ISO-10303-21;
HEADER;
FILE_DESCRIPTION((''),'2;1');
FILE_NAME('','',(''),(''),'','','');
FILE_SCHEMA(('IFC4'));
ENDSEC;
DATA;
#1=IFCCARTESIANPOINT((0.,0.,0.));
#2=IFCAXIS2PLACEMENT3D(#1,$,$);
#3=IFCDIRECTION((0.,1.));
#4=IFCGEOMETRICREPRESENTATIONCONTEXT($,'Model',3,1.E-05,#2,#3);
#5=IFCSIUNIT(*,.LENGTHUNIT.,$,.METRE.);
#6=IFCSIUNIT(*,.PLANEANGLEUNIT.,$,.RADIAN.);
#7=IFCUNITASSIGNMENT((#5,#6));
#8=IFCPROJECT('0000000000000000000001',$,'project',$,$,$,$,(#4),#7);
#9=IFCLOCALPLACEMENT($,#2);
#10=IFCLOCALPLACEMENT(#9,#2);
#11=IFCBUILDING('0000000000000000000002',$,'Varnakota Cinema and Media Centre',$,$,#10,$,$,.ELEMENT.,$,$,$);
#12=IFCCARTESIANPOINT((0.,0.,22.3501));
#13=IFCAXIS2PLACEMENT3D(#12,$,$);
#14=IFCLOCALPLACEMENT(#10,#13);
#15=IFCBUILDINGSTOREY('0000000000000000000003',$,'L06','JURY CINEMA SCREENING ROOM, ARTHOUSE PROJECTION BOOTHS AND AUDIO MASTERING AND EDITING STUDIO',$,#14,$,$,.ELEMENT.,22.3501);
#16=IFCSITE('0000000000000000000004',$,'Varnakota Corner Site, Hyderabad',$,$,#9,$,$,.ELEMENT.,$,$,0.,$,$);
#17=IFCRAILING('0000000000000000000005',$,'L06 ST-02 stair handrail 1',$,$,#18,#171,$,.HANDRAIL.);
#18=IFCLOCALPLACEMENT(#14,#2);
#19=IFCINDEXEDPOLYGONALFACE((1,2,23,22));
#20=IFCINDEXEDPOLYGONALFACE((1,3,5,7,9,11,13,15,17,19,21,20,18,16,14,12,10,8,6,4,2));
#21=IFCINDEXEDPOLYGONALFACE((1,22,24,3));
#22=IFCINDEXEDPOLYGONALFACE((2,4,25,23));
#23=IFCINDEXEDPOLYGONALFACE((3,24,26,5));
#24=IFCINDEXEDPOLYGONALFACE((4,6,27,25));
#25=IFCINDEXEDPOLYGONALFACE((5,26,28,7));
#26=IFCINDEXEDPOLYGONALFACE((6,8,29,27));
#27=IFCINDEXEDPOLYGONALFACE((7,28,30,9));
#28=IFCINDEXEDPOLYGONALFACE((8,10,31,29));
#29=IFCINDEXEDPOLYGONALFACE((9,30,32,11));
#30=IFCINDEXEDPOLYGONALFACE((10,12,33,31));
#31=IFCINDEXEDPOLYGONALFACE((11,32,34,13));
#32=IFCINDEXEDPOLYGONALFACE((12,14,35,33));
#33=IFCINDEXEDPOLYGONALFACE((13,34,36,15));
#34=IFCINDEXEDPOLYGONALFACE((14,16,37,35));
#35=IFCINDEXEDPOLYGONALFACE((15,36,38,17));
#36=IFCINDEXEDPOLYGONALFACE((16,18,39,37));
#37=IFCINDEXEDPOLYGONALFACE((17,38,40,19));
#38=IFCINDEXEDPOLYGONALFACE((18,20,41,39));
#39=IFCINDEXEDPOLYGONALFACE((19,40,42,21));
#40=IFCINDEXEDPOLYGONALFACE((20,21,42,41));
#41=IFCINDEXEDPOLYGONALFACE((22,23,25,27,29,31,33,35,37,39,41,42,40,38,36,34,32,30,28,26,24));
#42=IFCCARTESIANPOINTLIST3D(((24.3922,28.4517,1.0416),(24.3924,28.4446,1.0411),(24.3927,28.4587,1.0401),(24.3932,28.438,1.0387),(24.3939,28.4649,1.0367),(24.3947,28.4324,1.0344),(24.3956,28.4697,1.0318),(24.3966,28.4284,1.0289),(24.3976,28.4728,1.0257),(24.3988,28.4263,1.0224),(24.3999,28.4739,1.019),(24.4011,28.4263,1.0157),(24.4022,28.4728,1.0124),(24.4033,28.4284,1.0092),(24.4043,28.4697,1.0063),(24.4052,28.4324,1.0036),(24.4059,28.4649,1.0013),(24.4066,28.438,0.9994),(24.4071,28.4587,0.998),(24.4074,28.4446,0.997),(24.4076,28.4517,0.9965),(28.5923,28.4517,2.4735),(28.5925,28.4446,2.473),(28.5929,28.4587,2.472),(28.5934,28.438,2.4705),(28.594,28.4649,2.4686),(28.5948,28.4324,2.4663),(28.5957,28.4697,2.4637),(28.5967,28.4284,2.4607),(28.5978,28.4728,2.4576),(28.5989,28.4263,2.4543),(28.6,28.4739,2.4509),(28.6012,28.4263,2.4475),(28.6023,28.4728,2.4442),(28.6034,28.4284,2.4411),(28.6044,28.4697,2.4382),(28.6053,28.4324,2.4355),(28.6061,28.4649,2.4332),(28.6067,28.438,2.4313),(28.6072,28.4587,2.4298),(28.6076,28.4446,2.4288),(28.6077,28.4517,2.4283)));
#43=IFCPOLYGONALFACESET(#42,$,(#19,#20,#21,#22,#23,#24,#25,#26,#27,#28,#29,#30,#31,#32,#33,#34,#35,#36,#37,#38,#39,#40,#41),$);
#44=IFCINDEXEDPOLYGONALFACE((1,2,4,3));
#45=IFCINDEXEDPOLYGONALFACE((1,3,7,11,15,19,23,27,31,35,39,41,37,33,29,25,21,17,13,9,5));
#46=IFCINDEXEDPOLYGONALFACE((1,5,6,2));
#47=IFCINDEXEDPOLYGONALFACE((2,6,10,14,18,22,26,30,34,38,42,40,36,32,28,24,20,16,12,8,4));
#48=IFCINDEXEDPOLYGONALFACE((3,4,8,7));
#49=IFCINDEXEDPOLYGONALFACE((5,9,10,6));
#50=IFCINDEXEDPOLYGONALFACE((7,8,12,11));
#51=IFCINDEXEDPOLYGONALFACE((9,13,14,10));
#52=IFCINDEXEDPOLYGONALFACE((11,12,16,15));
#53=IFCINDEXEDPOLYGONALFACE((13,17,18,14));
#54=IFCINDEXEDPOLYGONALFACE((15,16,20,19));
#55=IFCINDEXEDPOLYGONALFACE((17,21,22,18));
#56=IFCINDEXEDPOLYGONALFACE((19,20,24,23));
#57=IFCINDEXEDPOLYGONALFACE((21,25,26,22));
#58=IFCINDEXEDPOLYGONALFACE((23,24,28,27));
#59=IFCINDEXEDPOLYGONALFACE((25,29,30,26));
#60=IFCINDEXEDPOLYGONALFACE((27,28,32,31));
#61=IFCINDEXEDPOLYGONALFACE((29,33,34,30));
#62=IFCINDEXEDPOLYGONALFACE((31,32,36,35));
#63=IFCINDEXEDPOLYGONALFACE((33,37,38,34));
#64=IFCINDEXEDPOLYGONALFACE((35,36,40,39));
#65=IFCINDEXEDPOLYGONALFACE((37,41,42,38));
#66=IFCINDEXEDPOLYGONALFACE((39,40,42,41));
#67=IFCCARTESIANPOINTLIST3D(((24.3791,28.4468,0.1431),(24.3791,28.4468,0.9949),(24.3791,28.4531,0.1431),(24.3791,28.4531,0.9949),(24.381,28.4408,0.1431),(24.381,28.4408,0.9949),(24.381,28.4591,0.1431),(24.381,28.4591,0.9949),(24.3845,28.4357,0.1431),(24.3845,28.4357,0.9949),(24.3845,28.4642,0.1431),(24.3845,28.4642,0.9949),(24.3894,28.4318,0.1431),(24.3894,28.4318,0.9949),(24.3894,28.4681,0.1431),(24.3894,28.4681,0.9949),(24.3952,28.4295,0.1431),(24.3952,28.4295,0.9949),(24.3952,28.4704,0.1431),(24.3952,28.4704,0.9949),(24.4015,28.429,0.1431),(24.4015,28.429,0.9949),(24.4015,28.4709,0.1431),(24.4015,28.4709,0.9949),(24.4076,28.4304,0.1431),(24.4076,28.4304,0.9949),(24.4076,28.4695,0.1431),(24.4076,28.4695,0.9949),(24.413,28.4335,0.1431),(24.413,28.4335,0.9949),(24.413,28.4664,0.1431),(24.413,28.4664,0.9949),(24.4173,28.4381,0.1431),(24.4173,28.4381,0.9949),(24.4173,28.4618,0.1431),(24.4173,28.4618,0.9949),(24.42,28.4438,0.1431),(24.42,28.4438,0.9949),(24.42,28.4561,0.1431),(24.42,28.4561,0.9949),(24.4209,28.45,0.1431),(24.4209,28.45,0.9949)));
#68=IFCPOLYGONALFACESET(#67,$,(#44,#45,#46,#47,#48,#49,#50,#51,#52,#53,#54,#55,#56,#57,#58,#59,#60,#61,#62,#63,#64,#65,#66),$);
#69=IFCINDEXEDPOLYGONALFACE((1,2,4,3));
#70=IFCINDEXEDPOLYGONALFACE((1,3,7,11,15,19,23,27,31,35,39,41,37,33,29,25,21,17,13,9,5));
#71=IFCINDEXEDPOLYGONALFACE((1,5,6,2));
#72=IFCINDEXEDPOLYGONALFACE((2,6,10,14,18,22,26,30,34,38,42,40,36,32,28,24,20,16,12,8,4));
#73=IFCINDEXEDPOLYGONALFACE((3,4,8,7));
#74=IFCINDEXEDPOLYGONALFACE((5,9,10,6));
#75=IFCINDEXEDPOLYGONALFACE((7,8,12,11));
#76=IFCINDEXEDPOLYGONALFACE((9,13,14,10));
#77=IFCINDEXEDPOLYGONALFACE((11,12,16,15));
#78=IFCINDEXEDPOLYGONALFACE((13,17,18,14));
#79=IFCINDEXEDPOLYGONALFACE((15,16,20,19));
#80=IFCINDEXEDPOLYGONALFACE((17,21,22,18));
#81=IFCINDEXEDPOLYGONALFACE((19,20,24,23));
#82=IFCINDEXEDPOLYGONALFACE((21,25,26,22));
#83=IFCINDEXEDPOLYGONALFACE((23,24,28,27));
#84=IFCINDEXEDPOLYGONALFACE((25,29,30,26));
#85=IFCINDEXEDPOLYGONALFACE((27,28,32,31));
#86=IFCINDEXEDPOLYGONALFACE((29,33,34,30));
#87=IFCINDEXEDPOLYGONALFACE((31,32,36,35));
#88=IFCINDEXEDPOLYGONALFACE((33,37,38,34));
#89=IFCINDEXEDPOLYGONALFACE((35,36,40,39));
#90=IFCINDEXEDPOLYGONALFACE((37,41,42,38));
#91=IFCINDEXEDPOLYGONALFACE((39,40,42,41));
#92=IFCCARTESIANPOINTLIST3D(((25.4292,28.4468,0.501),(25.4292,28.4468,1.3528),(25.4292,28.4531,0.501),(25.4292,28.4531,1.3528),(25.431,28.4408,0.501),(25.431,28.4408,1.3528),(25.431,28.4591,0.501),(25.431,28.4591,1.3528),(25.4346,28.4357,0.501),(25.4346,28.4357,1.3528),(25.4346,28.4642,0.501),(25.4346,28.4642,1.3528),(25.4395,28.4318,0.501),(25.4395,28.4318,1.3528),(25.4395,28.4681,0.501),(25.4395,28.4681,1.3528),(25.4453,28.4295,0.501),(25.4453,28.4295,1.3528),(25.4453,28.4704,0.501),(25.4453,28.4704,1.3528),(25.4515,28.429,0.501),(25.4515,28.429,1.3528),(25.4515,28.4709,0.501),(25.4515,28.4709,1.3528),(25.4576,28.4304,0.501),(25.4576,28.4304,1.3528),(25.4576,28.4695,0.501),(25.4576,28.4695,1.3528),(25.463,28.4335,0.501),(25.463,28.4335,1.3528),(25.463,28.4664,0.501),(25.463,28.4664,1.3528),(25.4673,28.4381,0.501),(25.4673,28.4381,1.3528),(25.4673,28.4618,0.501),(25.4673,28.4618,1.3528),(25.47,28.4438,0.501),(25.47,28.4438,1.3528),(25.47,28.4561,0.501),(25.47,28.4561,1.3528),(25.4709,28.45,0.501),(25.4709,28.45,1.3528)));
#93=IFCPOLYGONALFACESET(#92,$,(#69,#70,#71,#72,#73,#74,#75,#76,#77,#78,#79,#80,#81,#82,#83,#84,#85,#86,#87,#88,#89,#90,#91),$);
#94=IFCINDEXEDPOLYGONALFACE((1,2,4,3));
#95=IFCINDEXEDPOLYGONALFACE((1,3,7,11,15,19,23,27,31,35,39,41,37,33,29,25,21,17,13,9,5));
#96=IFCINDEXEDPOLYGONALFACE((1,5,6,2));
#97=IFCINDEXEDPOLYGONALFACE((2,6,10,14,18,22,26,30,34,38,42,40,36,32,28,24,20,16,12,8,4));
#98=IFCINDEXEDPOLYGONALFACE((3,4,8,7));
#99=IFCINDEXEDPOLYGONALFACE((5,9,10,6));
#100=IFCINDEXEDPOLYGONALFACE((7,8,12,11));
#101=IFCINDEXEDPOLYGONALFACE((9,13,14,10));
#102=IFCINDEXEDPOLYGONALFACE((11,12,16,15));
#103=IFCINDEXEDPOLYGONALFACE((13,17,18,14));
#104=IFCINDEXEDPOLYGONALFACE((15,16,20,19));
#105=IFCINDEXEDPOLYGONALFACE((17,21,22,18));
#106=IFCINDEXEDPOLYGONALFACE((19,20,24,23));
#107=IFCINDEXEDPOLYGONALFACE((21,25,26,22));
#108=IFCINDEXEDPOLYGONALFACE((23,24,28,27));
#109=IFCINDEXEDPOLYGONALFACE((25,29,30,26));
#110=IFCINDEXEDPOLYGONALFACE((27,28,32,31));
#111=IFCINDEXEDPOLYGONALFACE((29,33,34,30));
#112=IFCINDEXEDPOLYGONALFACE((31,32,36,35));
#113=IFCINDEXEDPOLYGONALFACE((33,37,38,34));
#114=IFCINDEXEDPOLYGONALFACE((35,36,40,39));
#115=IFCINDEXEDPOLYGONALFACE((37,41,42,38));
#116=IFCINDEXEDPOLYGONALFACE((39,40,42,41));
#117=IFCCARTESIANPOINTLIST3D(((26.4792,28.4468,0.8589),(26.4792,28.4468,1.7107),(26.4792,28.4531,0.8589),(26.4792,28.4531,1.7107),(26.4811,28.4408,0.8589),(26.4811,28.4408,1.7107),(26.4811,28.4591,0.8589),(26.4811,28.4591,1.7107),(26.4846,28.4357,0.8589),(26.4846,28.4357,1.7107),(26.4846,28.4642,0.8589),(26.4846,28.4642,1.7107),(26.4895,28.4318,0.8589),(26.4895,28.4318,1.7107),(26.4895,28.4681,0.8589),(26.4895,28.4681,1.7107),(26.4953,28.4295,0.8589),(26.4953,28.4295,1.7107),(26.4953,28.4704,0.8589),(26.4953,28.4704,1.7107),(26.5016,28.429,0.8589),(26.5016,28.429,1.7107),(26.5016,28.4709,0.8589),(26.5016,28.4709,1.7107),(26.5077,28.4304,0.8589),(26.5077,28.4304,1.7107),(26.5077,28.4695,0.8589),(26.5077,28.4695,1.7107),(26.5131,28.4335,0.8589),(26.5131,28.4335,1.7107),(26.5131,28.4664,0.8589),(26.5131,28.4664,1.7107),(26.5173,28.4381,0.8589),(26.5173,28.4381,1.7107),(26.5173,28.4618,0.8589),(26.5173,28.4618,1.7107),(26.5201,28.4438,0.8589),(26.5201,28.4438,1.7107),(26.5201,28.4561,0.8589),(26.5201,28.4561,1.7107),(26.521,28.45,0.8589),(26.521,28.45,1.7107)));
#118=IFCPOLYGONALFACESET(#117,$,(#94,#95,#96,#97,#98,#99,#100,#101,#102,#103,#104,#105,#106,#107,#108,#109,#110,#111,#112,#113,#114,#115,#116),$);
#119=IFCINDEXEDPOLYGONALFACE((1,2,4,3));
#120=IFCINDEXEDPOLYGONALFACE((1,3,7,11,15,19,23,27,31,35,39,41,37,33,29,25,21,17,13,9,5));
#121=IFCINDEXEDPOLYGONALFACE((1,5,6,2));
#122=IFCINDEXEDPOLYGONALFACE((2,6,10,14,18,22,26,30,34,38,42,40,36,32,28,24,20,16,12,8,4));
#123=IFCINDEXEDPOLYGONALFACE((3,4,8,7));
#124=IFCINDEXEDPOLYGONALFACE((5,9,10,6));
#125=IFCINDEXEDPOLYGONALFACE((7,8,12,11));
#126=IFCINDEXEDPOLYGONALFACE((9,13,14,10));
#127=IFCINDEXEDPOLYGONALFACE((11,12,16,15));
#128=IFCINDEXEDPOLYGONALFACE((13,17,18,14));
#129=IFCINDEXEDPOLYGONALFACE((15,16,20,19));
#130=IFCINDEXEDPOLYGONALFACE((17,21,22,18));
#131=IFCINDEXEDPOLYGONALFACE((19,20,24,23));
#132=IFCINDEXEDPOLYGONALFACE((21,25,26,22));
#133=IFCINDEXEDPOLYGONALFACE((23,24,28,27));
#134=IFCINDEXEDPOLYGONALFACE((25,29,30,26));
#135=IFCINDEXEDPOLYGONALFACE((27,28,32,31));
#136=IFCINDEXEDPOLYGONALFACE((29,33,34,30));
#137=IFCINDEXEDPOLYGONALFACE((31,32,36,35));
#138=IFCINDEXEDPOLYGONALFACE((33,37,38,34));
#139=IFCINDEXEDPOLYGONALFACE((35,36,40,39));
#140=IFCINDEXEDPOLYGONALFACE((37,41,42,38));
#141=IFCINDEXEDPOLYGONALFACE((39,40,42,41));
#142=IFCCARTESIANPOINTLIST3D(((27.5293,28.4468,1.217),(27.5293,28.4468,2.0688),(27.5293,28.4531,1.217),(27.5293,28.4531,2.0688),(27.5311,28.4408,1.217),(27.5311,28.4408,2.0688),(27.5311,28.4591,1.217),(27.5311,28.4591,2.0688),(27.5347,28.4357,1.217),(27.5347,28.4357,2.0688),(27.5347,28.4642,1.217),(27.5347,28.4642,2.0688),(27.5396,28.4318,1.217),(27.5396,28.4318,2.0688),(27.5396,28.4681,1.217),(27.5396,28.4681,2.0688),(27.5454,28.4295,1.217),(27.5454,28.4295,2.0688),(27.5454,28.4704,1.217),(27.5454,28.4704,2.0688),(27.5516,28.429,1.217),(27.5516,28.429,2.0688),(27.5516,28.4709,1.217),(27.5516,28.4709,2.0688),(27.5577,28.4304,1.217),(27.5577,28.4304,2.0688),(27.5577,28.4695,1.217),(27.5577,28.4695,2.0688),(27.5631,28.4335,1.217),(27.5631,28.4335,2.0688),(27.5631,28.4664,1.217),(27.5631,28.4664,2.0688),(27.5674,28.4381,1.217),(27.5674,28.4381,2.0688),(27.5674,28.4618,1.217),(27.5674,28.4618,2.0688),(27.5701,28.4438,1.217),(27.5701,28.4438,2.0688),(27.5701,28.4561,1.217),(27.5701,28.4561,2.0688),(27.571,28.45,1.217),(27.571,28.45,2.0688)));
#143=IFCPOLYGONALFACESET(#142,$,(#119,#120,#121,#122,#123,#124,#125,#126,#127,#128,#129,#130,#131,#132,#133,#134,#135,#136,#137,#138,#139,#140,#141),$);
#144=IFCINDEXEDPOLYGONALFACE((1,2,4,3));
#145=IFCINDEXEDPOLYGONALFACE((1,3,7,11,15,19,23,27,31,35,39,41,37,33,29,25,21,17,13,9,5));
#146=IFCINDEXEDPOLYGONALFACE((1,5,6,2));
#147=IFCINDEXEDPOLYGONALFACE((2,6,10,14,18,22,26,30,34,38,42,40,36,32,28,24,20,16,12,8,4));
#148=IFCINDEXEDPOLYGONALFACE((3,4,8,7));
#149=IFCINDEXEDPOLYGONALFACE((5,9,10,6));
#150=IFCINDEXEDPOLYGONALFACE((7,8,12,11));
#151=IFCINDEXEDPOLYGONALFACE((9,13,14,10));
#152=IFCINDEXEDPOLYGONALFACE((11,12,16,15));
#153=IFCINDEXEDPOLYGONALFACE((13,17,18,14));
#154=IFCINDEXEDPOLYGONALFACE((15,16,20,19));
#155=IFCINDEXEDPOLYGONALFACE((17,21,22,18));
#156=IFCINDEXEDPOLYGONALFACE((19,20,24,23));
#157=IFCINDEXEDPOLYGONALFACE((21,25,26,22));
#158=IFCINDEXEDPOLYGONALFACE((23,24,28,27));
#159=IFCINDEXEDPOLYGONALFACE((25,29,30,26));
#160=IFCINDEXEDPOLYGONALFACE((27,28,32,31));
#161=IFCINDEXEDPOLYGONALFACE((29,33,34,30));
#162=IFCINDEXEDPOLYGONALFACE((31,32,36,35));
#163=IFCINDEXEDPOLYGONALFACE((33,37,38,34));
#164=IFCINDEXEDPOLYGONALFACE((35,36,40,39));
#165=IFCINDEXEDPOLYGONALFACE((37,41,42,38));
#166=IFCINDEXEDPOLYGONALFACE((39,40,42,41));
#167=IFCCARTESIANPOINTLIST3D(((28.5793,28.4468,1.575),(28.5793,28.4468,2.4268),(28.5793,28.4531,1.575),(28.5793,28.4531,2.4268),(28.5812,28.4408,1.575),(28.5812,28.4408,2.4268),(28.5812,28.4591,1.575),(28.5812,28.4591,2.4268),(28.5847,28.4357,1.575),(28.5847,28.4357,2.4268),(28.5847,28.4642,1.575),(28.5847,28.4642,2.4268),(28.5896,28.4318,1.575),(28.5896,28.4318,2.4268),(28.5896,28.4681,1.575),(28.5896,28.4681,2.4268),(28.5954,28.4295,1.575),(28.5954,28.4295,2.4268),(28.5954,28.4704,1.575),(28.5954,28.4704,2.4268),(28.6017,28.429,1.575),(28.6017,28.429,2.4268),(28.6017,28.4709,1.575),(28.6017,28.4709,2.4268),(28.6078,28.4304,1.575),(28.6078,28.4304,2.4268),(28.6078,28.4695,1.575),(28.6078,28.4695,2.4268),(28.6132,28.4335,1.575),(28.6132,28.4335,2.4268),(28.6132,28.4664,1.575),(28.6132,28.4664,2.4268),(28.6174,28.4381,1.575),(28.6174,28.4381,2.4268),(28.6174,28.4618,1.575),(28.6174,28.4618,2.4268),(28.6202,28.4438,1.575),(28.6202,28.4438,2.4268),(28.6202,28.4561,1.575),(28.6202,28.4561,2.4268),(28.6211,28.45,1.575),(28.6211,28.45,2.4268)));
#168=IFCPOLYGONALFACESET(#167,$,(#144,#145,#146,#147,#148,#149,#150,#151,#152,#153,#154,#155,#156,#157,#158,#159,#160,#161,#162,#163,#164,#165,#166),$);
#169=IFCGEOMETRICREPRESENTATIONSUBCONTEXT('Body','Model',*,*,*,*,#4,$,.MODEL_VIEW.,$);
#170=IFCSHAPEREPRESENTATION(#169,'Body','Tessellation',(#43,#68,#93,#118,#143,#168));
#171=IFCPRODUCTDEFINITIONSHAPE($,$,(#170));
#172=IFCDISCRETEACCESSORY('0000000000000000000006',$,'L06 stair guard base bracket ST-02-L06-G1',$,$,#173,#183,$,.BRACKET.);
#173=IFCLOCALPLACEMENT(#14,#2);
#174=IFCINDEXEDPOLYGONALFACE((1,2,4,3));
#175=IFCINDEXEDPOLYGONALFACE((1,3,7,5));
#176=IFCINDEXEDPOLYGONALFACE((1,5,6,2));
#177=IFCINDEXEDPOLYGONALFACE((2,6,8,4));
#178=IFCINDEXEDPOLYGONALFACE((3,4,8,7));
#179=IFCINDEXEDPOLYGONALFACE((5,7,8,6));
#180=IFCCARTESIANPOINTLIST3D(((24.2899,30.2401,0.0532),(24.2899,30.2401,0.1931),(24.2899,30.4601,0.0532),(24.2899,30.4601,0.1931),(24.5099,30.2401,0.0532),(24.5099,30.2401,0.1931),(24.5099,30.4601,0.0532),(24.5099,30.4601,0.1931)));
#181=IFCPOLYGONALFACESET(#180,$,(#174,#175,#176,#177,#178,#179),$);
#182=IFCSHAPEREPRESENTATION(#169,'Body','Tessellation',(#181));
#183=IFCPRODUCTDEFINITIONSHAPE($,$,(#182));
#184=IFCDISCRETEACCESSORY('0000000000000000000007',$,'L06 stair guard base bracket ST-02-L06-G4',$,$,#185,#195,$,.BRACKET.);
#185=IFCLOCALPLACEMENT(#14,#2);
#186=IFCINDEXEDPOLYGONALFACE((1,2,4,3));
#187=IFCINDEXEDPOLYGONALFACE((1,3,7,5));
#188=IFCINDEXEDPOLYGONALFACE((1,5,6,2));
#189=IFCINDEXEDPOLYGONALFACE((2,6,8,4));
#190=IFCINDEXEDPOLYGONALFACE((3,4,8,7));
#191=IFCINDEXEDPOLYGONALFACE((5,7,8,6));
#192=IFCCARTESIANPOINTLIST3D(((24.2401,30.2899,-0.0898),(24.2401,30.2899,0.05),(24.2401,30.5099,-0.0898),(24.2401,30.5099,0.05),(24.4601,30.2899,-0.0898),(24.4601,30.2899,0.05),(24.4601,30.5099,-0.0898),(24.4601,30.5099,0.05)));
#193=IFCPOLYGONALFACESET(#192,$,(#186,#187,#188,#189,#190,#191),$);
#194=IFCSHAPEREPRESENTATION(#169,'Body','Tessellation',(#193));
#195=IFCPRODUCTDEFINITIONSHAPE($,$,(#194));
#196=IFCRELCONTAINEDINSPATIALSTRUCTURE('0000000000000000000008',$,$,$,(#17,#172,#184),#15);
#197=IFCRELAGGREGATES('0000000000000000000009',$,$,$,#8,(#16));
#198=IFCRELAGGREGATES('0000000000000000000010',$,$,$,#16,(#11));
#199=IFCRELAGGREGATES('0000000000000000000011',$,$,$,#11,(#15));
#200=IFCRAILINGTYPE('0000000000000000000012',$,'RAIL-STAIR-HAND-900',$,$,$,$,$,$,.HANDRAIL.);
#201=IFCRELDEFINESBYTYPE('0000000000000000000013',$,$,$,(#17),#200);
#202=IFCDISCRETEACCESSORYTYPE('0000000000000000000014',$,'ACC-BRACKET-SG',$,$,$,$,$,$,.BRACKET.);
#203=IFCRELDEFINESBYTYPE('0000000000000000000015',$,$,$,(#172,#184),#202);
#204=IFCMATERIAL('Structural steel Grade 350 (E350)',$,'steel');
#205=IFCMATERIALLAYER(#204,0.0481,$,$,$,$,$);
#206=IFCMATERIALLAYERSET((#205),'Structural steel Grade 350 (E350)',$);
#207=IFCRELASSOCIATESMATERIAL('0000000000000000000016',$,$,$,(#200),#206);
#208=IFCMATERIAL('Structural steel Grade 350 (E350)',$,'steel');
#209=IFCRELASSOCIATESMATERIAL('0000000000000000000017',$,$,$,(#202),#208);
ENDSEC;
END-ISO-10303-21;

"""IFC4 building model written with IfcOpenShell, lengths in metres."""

from ifc_helpers import new_model, si_unit, direction, frame, origin, origin_2d, place, context, subcontext, project, spatial, rectangle, circle, extrude, material, layer, layer_set, type_object, element, save


model = new_model("IFC4")

# Units and contexts
model_context = context("Model", 3, precision=1e-05, world=origin(), true_north=direction((0.0, 1.0)))
body_context = subcontext(model_context, "Body", "Model", "MODEL_VIEW")
ifc_project = project(units=[si_unit("LENGTHUNIT", "METRE"), si_unit("PLANEANGLEUNIT", "RADIAN")], contexts=[model_context])

# Site, building, storey
site_placement = place(None, origin())
site = spatial("IfcSite", under=ifc_project, at=site_placement, Name="Varnakota Corner Site, Hyderabad", CompositionType="ELEMENT", RefElevation=0.0)
building_placement = place(site_placement, origin())
building = spatial("IfcBuilding", under=site, at=building_placement, Name="Varnakota Cinema and Media Centre", CompositionType="ELEMENT")
storey_placement = place(building_placement, frame((0.0, 0.0, 22.3501)))
storey = spatial("IfcBuildingStorey", under=building, at=storey_placement, Name="L06", Description="JURY CINEMA SCREENING ROOM, ARTHOUSE PROJECTION BOOTHS AND AUDIO MASTERING AND EDITING STUDIO", CompositionType="ELEMENT", Elevation=22.3501)

# Railing
ifc_material_1 = material(Name="Structural steel Grade 350 (E350)", Category="steel")
ifc_layer_1 = layer(ifc_material_1, 0.0481)
ifc_layer_set_1 = layer_set([ifc_layer_1], Name="Structural steel Grade 350 (E350)")
railing_type_1 = type_object("IfcRailingType", Name="RAIL-STAIR-HAND-900", PredefinedType="HANDRAIL", material=ifc_layer_set_1)
railing_1_placement = place(storey_placement, frame((24.3999, 28.45, 0.1431)))
element("IfcRailing", 1, at=railing_1_placement, inside=storey, type_object=railing_type_1, Name="L06 ST-02 stair handrail 1", PredefinedType="HANDRAIL", context=body_context, shape_type="SweptSolid", body=[
    extrude(circle(Radius=0.0239, at=origin_2d()), frame((0.0, 0.0, 0.876), z_axis=(0.94651, 0.0, 0.322674), x_axis=(0.0, 1.0, 0.0)), (0.0, 0.0, 1.0), 4.4375),
    extrude(circle(Radius=0.021, at=origin_2d()), origin(), (0.0, 0.0, 1.0), 0.8518),
    extrude(circle(Radius=0.021, at=origin_2d()), frame((1.05, 0.0, 0.3579)), (0.0, 0.0, 1.0), 0.8518),
    extrude(circle(Radius=0.021, at=origin_2d()), frame((2.1001, 0.0, 0.7158)), (0.0, 0.0, 1.0), 0.8518),
    extrude(circle(Radius=0.021, at=origin_2d()), frame((3.1501, 0.0, 1.074)), (0.0, 0.0, 1.0), 0.8518),
    extrude(circle(Radius=0.021, at=origin_2d()), frame((4.2002, 0.0, 1.4319)), (0.0, 0.0, 1.0), 0.8518),
])

# Discrete accessories
ifc_material_2 = material(Name="Structural steel Grade 350 (E350)", Category="steel")
discrete_accessory_type = type_object("IfcDiscreteAccessoryType", Name="ACC-BRACKET-SG", PredefinedType="BRACKET", material=ifc_material_2)
for number, where, z_axis, x_axis, name in (
    (2, (24.3999, 30.3501, 0.0532), (0.0, 0.0, 1.0), (1.0, 0.0, 0.0), "L06 stair guard base bracket ST-02-L06-G1"),
    (3, (24.3501, 30.3999, -0.0898), (0.0, 0.0, 1.0), (1.0, 0.0, 0.0), "L06 stair guard base bracket ST-02-L06-G4"),
):
    element("IfcDiscreteAccessory", number, at=place(storey_placement, frame(where, z_axis=z_axis, x_axis=x_axis)), inside=storey, type_object=discrete_accessory_type, Name=name, PredefinedType="BRACKET", context=body_context, shape_type="SweptSolid", body=[
        extrude(rectangle(XDim=0.22, YDim=0.22, at=origin_2d()), origin(), (0.0, 0.0, 1.0), 0.1399),
    ])

save(model, "model.ifc")
